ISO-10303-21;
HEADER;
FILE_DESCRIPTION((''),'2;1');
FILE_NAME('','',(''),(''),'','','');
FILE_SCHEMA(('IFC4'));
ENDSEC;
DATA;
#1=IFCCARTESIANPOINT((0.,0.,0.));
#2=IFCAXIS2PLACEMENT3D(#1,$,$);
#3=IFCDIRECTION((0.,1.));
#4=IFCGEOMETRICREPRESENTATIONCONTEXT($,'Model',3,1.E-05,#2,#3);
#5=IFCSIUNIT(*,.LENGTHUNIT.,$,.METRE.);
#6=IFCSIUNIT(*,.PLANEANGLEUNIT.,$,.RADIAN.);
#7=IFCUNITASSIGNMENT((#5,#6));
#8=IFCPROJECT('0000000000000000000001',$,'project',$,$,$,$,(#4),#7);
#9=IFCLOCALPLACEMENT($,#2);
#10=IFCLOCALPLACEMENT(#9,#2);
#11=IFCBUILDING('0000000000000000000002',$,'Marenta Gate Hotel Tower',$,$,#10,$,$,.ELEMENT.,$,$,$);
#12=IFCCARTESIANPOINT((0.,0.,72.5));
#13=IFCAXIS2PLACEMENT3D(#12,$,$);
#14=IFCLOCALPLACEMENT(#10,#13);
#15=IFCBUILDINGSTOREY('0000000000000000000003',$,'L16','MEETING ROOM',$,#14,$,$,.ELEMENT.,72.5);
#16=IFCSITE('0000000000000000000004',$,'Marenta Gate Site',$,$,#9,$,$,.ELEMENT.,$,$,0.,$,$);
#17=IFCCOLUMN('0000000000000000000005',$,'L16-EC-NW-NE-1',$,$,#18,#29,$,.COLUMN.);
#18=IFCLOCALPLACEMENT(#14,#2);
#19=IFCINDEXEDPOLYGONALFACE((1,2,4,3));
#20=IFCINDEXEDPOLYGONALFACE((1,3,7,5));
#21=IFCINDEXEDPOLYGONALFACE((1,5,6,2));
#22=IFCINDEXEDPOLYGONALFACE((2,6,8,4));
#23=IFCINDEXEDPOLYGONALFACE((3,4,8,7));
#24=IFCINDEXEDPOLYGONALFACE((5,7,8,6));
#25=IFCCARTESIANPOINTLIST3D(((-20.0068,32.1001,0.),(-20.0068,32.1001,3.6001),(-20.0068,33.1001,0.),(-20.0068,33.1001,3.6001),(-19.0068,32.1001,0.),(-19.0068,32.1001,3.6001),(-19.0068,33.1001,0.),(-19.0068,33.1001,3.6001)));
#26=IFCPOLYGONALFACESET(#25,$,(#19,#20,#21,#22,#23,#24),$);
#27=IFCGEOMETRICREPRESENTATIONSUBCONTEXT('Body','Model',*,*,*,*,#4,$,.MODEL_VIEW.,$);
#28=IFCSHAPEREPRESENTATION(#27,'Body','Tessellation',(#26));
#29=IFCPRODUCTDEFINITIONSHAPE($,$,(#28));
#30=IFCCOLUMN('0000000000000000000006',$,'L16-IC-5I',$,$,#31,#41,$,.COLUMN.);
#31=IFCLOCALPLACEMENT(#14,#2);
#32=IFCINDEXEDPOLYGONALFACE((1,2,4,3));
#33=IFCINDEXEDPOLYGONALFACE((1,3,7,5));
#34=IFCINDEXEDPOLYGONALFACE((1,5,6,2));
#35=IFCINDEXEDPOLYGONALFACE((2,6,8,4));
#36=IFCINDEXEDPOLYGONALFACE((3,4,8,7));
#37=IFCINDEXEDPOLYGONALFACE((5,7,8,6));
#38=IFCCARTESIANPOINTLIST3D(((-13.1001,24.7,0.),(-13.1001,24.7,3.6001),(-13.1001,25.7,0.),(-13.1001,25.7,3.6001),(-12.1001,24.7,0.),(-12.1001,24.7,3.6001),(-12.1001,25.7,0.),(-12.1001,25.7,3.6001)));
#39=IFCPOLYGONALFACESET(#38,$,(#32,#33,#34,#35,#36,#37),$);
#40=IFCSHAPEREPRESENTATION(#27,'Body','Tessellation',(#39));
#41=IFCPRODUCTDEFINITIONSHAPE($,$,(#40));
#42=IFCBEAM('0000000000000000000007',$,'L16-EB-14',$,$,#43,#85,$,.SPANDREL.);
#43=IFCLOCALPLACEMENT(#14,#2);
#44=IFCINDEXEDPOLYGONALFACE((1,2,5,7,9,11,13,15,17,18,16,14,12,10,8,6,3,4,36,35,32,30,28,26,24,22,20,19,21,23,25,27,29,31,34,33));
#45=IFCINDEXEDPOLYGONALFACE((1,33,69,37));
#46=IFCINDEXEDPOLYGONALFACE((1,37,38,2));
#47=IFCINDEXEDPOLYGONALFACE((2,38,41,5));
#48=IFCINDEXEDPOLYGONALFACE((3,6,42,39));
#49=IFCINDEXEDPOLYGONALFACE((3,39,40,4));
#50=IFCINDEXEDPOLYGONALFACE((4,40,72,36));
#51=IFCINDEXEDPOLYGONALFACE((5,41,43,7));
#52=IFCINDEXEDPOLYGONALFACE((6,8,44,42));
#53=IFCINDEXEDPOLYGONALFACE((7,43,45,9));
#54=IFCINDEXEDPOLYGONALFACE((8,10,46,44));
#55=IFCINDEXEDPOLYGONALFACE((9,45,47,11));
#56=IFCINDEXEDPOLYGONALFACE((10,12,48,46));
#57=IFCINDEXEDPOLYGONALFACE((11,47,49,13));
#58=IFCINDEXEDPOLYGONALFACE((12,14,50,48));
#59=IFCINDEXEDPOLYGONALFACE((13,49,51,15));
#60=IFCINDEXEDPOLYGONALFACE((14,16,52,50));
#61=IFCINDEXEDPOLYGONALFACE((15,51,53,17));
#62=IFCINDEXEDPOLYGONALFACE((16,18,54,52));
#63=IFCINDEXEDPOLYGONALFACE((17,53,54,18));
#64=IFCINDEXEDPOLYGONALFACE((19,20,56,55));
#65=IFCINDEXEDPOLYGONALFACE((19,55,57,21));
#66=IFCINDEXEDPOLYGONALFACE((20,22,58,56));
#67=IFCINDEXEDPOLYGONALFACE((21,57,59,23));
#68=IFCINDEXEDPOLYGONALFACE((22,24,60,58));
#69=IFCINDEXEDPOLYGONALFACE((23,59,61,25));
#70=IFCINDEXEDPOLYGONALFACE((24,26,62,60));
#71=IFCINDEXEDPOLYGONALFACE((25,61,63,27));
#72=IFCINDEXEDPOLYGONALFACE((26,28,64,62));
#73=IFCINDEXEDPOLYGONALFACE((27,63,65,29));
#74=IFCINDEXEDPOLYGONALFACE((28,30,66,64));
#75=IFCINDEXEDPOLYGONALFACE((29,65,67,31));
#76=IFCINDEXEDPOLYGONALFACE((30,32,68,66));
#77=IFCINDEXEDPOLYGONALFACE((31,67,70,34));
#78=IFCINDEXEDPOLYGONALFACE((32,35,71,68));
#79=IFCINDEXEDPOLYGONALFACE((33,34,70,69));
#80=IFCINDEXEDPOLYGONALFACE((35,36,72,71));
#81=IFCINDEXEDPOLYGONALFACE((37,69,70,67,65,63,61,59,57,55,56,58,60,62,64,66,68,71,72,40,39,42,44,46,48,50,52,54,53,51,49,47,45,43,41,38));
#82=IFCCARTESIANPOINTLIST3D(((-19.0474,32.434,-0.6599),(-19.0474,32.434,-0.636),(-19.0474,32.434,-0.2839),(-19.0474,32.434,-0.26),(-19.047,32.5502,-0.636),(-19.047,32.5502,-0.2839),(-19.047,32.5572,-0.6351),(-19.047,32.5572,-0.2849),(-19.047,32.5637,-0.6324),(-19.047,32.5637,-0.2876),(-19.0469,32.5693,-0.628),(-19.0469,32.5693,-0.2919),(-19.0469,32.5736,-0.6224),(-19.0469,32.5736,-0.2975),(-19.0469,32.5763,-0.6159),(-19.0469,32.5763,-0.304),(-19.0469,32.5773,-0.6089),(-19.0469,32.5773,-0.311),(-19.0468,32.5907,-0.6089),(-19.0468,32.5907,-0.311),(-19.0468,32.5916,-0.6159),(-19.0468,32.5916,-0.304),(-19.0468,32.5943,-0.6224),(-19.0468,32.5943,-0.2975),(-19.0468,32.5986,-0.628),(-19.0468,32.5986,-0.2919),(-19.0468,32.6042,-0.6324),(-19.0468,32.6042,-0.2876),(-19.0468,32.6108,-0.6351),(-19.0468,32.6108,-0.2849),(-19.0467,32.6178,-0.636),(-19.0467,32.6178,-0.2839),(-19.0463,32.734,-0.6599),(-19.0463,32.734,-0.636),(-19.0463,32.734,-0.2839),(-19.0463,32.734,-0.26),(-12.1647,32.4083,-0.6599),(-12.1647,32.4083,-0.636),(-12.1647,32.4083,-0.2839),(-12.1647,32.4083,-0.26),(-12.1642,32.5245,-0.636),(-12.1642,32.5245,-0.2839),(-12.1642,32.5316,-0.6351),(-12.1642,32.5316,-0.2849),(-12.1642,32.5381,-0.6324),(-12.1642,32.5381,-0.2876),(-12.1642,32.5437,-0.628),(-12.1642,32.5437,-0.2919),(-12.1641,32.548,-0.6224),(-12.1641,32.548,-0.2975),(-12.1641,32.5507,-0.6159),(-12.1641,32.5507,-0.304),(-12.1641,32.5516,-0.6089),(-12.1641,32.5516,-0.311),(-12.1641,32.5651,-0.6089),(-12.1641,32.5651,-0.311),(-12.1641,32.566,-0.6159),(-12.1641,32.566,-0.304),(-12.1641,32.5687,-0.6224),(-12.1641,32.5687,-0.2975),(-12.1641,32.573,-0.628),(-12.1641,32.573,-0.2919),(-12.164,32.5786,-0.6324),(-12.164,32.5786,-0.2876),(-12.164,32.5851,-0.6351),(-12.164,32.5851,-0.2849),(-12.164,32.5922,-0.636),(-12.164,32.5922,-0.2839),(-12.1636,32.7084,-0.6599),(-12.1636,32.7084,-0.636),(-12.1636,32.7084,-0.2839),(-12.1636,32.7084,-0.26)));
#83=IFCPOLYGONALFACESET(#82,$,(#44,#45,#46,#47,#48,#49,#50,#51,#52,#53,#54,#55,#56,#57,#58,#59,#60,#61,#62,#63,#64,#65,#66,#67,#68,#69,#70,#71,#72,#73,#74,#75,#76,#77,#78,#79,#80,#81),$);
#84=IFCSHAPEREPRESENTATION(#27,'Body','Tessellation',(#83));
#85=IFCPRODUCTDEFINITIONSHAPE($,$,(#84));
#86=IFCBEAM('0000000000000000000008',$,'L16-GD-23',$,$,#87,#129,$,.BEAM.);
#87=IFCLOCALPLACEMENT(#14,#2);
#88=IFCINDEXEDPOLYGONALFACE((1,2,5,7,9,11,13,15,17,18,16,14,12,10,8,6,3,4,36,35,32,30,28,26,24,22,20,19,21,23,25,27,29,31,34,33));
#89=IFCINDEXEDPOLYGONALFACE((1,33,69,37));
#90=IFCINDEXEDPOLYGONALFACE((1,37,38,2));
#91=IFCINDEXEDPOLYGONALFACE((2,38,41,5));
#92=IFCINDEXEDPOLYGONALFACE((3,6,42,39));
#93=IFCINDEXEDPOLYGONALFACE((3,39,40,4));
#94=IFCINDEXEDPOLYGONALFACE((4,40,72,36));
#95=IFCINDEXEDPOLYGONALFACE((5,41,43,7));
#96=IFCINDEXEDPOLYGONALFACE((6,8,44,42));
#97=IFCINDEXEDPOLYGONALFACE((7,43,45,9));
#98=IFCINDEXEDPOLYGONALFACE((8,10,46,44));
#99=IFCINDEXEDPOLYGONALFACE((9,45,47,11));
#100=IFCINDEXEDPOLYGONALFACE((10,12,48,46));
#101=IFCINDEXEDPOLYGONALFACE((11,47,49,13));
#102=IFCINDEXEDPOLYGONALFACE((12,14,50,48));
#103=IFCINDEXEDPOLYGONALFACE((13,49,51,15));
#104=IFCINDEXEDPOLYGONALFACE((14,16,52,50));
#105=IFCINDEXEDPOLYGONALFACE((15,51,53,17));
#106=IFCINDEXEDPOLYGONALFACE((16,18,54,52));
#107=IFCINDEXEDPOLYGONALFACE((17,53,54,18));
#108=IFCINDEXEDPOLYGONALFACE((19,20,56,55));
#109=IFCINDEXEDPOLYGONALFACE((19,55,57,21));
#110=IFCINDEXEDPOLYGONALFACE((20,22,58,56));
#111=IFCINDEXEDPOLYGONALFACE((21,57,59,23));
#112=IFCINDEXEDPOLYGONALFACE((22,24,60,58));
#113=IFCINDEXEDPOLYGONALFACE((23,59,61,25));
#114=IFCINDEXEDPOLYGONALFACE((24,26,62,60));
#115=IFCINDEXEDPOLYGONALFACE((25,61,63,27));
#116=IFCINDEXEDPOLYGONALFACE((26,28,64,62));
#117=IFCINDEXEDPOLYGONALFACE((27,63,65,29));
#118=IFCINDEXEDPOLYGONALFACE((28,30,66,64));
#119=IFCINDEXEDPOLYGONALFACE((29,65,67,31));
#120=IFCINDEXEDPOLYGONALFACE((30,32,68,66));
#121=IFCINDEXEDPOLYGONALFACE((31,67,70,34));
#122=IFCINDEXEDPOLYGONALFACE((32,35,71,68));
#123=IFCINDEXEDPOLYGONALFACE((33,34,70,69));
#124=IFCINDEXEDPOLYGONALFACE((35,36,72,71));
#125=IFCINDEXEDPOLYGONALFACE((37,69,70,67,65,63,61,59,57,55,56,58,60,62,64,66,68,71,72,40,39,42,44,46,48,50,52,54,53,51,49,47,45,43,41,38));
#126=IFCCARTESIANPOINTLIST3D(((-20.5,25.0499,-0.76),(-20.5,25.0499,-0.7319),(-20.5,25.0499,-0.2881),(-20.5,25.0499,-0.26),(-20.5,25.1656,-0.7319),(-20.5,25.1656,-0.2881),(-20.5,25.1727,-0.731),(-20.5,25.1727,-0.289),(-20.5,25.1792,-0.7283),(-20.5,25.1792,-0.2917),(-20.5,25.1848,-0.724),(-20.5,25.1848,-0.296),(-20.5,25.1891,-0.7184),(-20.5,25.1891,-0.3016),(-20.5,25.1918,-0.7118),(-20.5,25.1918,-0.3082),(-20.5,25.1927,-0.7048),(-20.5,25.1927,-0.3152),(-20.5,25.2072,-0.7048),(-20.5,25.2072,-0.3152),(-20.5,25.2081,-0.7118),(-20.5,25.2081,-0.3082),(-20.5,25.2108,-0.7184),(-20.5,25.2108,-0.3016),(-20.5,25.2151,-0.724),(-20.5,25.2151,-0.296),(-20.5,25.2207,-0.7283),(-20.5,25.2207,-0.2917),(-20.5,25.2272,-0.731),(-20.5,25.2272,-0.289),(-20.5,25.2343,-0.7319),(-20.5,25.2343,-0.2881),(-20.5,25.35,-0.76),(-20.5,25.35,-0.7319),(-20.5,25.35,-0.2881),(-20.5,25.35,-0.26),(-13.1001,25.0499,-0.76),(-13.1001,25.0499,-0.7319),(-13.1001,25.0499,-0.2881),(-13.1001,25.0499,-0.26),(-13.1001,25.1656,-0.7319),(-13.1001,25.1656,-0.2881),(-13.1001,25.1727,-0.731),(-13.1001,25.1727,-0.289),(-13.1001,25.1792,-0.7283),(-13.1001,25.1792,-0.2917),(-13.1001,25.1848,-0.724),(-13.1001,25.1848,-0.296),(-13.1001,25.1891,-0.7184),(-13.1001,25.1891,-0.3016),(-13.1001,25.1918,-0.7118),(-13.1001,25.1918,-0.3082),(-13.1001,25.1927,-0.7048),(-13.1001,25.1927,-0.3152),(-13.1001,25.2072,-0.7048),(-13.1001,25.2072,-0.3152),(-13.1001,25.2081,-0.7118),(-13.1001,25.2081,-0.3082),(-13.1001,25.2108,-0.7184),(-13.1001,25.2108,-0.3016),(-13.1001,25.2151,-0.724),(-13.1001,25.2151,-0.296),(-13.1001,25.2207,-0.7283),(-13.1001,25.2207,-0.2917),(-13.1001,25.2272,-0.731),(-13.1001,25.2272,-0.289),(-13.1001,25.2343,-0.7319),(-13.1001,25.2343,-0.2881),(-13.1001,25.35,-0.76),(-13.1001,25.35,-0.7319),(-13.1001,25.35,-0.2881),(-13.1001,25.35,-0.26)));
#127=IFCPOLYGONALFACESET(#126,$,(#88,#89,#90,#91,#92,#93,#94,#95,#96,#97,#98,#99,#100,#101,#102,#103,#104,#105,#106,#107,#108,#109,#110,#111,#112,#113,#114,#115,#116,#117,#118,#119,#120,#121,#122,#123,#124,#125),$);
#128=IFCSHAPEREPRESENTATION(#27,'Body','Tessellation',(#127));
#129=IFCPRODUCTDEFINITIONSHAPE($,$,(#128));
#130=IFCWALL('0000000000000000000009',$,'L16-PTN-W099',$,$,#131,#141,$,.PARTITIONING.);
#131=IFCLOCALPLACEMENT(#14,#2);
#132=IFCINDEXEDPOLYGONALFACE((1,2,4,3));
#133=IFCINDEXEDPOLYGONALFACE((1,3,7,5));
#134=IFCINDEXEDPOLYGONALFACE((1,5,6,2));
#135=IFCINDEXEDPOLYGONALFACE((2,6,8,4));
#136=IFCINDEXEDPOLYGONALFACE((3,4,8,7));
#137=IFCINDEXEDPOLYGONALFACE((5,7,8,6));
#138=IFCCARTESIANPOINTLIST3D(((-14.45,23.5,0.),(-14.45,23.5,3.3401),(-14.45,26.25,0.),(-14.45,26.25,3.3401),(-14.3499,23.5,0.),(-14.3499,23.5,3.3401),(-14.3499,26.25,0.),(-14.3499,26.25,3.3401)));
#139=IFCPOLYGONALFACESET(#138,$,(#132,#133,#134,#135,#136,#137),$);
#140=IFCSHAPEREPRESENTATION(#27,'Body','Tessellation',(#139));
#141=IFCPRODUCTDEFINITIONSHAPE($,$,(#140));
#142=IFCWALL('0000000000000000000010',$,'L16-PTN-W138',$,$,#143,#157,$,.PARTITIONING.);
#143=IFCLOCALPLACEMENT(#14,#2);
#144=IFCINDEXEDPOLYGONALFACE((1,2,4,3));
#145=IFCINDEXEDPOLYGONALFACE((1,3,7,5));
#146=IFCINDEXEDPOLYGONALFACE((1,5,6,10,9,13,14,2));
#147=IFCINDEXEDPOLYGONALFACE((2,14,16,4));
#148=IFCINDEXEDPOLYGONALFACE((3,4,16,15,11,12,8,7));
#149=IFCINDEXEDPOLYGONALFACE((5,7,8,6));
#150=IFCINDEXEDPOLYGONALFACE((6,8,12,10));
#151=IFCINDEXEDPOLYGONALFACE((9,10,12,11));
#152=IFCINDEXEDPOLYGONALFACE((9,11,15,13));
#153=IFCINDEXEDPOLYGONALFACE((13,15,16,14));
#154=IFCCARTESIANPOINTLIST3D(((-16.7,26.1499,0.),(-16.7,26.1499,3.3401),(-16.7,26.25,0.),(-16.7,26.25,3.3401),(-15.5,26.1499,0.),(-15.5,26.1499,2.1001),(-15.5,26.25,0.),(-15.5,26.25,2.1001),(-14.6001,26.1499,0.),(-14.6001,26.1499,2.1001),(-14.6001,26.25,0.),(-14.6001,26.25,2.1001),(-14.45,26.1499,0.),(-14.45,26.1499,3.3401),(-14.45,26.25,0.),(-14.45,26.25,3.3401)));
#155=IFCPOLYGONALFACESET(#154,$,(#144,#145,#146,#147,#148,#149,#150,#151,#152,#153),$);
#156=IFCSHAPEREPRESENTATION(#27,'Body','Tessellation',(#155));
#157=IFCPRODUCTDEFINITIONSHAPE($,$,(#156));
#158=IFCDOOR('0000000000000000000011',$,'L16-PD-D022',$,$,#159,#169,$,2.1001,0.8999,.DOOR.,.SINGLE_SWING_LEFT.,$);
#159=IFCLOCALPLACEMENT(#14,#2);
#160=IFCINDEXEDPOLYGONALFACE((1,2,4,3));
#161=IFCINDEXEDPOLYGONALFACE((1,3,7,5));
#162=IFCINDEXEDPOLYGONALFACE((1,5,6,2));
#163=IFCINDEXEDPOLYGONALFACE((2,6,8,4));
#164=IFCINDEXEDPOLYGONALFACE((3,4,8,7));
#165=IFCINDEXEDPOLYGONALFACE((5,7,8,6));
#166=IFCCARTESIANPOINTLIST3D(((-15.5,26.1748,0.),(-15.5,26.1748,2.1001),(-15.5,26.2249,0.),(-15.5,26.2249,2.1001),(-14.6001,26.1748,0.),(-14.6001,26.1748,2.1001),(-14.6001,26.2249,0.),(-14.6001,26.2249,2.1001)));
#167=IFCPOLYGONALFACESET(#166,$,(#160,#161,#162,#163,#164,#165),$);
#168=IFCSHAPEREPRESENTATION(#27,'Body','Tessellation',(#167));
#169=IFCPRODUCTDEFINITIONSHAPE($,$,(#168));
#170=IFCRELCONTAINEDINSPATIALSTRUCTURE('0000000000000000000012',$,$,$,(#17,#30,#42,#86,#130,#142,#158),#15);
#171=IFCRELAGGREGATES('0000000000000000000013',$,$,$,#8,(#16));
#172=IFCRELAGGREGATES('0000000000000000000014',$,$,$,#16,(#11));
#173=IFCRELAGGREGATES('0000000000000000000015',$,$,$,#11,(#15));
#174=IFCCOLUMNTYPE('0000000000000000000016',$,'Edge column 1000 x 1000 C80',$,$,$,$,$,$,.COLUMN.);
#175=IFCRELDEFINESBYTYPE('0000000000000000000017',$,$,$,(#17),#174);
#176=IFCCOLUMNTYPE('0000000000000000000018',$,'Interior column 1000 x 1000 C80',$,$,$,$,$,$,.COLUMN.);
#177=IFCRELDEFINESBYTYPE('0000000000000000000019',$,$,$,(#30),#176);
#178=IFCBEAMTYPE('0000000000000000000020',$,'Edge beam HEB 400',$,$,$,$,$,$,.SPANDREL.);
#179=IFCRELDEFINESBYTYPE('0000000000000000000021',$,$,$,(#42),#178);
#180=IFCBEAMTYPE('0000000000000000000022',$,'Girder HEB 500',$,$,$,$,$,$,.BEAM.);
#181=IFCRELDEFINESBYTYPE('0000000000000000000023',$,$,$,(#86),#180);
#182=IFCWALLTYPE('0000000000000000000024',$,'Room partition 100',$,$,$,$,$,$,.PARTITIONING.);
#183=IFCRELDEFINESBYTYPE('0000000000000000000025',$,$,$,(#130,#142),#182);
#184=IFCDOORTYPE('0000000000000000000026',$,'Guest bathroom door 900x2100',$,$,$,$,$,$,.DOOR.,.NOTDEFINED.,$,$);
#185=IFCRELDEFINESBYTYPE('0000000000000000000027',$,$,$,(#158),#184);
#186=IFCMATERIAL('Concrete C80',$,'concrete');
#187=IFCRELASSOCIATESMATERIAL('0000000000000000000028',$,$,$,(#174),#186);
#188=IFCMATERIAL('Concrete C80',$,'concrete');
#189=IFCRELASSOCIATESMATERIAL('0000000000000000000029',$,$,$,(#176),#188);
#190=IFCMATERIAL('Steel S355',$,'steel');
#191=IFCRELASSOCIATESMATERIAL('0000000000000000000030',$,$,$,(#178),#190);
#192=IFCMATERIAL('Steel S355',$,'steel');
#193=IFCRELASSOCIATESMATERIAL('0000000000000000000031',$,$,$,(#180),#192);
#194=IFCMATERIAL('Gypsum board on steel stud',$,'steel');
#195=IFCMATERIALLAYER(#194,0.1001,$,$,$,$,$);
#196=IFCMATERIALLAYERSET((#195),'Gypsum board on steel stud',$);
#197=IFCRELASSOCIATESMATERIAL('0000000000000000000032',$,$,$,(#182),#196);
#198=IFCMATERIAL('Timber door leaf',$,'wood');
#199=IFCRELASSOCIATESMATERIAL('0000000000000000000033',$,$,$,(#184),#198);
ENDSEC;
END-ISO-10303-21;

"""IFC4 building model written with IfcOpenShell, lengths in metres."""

from ifc_helpers import new_model, si_unit, direction, frame, frame_2d, origin, origin_2d, place, context, subcontext, project, spatial, rectangle, i_section, extrude, material, layer, layer_set, material_profile, profile_set, type_object, element, fill, save


model = new_model("IFC4")

# Units and contexts
model_context = context("Model", 3, precision=1e-05, world=origin(), true_north=direction((0.0, 1.0)))
body_context = subcontext(model_context, "Body", "Model", "MODEL_VIEW")
ifc_project = project(units=[si_unit("LENGTHUNIT", "METRE"), si_unit("PLANEANGLEUNIT", "RADIAN")], contexts=[model_context])

# Site, building, storey
site_placement = place(None, origin())
site = spatial("IfcSite", under=ifc_project, at=site_placement, Name="Marenta Gate Site", CompositionType="ELEMENT", RefElevation=0.0)
building_placement = place(site_placement, origin())
building = spatial("IfcBuilding", under=site, at=building_placement, Name="Marenta Gate Hotel Tower", CompositionType="ELEMENT")
storey_placement = place(building_placement, frame((0.0, 0.0, 72.5)))
storey = spatial("IfcBuildingStorey", under=building, at=storey_placement, Name="L16", Description="MEETING ROOM", CompositionType="ELEMENT", Elevation=72.5)

# Columns
ifc_material_1 = material(Name="Concrete C80", Category="concrete")
ifc_material_profile_1 = material_profile(ifc_material_1, rectangle(XDim=1.0, YDim=1.0, at=origin_2d()), Name="1000 x 1000")
ifc_profile_set_1 = profile_set([ifc_material_profile_1], Name="Concrete C80")
column_type_1 = type_object("IfcColumnType", Name="Edge column 1000 x 1000 C80", PredefinedType="COLUMN", material=ifc_profile_set_1)
column_1_placement = place(storey_placement, frame((-19.5068, 32.6001, 0.0), z_axis=(0.0, 0.0, 1.0), x_axis=(1.0, 0.0, 0.0)))
element("IfcColumn", 1, at=column_1_placement, inside=storey, type_object=column_type_1, Name="L16-EC-NW-NE-1", PredefinedType="COLUMN", context=body_context, shape_type="SweptSolid", body=[
    extrude(rectangle(XDim=1.0, YDim=1.0, at=origin_2d()), origin(), (0.0, 0.0, 1.0), 3.6001),
])
ifc_material_2 = material(Name="Concrete C80", Category="concrete")
ifc_material_profile_2 = material_profile(ifc_material_2, rectangle(XDim=1.0, YDim=1.0, at=origin_2d()), Name="1000 x 1000")
ifc_profile_set_2 = profile_set([ifc_material_profile_2], Name="Concrete C80")
column_type_2 = type_object("IfcColumnType", Name="Interior column 1000 x 1000 C80", PredefinedType="COLUMN", material=ifc_profile_set_2)
column_2_placement = place(storey_placement, frame((-12.6001, 25.2, 0.0), z_axis=(0.0, 0.0, 1.0), x_axis=(1.0, 0.0, 0.0)))
element("IfcColumn", 2, at=column_2_placement, inside=storey, type_object=column_type_2, Name="L16-IC-5I", PredefinedType="COLUMN", context=body_context, shape_type="SweptSolid", body=[
    extrude(rectangle(XDim=1.0, YDim=1.0, at=origin_2d()), origin(), (0.0, 0.0, 1.0), 3.6001),
])

# Beams
ifc_material_3 = material(Name="Steel S355", Category="steel")
ifc_material_profile_3 = material_profile(ifc_material_3, i_section(OverallWidth=0.3, OverallDepth=0.3999, WebThickness=0.0134, FlangeThickness=0.0239, FilletRadius=0.0271, at=origin_2d()), Name="HEB 400")
ifc_profile_set_3 = profile_set([ifc_material_profile_3], Name="Steel S355")
beam_type_1 = type_object("IfcBeamType", Name="Edge beam HEB 400", PredefinedType="SPANDREL", material=ifc_profile_set_3)
beam_1_placement = place(storey_placement, frame((-19.0469, 32.584, -0.46), z_axis=(0.999993, -0.003724, 0.0), x_axis=(0.003724, 0.999993, 0.0)))
element("IfcBeam", 3, at=beam_1_placement, inside=storey, type_object=beam_type_1, Name="L16-EB-14", PredefinedType="SPANDREL", context=body_context, shape_type="SweptSolid", body=[
    extrude(i_section(OverallWidth=0.3, OverallDepth=0.3999, WebThickness=0.0134, FlangeThickness=0.0239, FilletRadius=0.0271, at=origin_2d()), origin(), (0.0, 0.0, 1.0), 6.8828),
])
ifc_material_4 = material(Name="Steel S355", Category="steel")
ifc_material_profile_4 = material_profile(ifc_material_4, i_section(OverallWidth=0.3, OverallDepth=0.5, WebThickness=0.0144, FlangeThickness=0.0281, FilletRadius=0.0271, at=origin_2d()), Name="HEB 500")
ifc_profile_set_4 = profile_set([ifc_material_profile_4], Name="Steel S355")
beam_type_2 = type_object("IfcBeamType", Name="Girder HEB 500", PredefinedType="BEAM", material=ifc_profile_set_4)
beam_2_placement = place(storey_placement, frame((-20.5, 25.2, -0.51), z_axis=(1.0, 0.0, 0.0), x_axis=(0.0, 1.0, 0.0)))
element("IfcBeam", 4, at=beam_2_placement, inside=storey, type_object=beam_type_2, Name="L16-GD-23", PredefinedType="BEAM", context=body_context, shape_type="SweptSolid", body=[
    extrude(i_section(OverallWidth=0.3, OverallDepth=0.5, WebThickness=0.0144, FlangeThickness=0.0281, FilletRadius=0.0271, at=origin_2d()), origin(), (0.0, 0.0, 1.0), 7.3999),
])

# Wall
ifc_material_5 = material(Name="Gypsum board on steel stud", Category="steel")
ifc_layer_1 = layer(ifc_material_5, 0.1001)
ifc_layer_set_1 = layer_set([ifc_layer_1], Name="Gypsum board on steel stud")
wall_type_1 = type_object("IfcWallType", Name="Room partition 100", PredefinedType="PARTITIONING", material=ifc_layer_set_1)
wall_1_placement = place(storey_placement, frame((-14.3999, 23.5, 0.0), z_axis=(0.0, 0.0, 1.0), x_axis=(0.0, 1.0, 0.0)))
element("IfcWall", 5, at=wall_1_placement, inside=storey, type_object=wall_type_1, Name="L16-PTN-W099", PredefinedType="PARTITIONING", context=body_context, shape_type="SweptSolid", body=[
    extrude(rectangle(XDim=2.75, YDim=0.1001, at=frame_2d((1.375, 0.0))), origin(), (0.0, 0.0, 1.0), 3.3401),
])

# Wall, opening, door
wall_2_placement = place(storey_placement, frame((-16.7, 26.2, 0.0), z_axis=(0.0, 0.0, 1.0), x_axis=(1.0, 0.0, 0.0)))
wall_2 = element("IfcWall", 6, at=wall_2_placement, inside=storey, type_object=wall_type_1, Name="L16-PTN-W138", PredefinedType="PARTITIONING", context=body_context, shape_type="SweptSolid", body=[
    extrude(rectangle(XDim=2.25, YDim=0.1001, at=frame_2d((1.125, 0.0))), origin(), (0.0, 0.0, 1.0), 3.3401),
])
opening_1_placement = place(wall_2_placement, frame((1.2, 0.0, 0.0)))
opening_1 = element("IfcOpeningElement", 7, at=opening_1_placement, cuts=wall_2, PredefinedType="OPENING", context=body_context, shape_type="SweptSolid", body=[
    extrude(rectangle(XDim=0.8999, YDim=2.1001, at=frame_2d((0.45, 1.05))), frame((0.0, 0.05, 0.0), z_axis=(0.0, -1.0, 0.0), x_axis=(1.0, 0.0, 0.0)), (0.0, 0.0, 1.0), 0.1001),
])
ifc_material_6 = material(Name="Timber door leaf", Category="wood")
door_type_1 = type_object("IfcDoorType", Name="Guest bathroom door 900x2100", OperationType="NOTDEFINED", PredefinedType="DOOR", material=ifc_material_6)
door_1_placement = place(opening_1_placement, origin())
door_1 = element("IfcDoor", 8, at=door_1_placement, inside=storey, type_object=door_type_1, Name="L16-PD-D022", OperationType="SINGLE_SWING_LEFT", OverallHeight=2.1001, OverallWidth=0.8999, PredefinedType="DOOR", context=body_context, shape_type="SweptSolid", body=[
    extrude(rectangle(XDim=0.8999, YDim=2.1001, at=frame_2d((0.45, 1.05))), frame((0.0, 0.0249, 0.0), z_axis=(0.0, -1.0, 0.0), x_axis=(1.0, 0.0, 0.0)), (0.0, 0.0, 1.0), 0.05),
])
fill(opening_1, door_1)

save(model, "model.ifc")
